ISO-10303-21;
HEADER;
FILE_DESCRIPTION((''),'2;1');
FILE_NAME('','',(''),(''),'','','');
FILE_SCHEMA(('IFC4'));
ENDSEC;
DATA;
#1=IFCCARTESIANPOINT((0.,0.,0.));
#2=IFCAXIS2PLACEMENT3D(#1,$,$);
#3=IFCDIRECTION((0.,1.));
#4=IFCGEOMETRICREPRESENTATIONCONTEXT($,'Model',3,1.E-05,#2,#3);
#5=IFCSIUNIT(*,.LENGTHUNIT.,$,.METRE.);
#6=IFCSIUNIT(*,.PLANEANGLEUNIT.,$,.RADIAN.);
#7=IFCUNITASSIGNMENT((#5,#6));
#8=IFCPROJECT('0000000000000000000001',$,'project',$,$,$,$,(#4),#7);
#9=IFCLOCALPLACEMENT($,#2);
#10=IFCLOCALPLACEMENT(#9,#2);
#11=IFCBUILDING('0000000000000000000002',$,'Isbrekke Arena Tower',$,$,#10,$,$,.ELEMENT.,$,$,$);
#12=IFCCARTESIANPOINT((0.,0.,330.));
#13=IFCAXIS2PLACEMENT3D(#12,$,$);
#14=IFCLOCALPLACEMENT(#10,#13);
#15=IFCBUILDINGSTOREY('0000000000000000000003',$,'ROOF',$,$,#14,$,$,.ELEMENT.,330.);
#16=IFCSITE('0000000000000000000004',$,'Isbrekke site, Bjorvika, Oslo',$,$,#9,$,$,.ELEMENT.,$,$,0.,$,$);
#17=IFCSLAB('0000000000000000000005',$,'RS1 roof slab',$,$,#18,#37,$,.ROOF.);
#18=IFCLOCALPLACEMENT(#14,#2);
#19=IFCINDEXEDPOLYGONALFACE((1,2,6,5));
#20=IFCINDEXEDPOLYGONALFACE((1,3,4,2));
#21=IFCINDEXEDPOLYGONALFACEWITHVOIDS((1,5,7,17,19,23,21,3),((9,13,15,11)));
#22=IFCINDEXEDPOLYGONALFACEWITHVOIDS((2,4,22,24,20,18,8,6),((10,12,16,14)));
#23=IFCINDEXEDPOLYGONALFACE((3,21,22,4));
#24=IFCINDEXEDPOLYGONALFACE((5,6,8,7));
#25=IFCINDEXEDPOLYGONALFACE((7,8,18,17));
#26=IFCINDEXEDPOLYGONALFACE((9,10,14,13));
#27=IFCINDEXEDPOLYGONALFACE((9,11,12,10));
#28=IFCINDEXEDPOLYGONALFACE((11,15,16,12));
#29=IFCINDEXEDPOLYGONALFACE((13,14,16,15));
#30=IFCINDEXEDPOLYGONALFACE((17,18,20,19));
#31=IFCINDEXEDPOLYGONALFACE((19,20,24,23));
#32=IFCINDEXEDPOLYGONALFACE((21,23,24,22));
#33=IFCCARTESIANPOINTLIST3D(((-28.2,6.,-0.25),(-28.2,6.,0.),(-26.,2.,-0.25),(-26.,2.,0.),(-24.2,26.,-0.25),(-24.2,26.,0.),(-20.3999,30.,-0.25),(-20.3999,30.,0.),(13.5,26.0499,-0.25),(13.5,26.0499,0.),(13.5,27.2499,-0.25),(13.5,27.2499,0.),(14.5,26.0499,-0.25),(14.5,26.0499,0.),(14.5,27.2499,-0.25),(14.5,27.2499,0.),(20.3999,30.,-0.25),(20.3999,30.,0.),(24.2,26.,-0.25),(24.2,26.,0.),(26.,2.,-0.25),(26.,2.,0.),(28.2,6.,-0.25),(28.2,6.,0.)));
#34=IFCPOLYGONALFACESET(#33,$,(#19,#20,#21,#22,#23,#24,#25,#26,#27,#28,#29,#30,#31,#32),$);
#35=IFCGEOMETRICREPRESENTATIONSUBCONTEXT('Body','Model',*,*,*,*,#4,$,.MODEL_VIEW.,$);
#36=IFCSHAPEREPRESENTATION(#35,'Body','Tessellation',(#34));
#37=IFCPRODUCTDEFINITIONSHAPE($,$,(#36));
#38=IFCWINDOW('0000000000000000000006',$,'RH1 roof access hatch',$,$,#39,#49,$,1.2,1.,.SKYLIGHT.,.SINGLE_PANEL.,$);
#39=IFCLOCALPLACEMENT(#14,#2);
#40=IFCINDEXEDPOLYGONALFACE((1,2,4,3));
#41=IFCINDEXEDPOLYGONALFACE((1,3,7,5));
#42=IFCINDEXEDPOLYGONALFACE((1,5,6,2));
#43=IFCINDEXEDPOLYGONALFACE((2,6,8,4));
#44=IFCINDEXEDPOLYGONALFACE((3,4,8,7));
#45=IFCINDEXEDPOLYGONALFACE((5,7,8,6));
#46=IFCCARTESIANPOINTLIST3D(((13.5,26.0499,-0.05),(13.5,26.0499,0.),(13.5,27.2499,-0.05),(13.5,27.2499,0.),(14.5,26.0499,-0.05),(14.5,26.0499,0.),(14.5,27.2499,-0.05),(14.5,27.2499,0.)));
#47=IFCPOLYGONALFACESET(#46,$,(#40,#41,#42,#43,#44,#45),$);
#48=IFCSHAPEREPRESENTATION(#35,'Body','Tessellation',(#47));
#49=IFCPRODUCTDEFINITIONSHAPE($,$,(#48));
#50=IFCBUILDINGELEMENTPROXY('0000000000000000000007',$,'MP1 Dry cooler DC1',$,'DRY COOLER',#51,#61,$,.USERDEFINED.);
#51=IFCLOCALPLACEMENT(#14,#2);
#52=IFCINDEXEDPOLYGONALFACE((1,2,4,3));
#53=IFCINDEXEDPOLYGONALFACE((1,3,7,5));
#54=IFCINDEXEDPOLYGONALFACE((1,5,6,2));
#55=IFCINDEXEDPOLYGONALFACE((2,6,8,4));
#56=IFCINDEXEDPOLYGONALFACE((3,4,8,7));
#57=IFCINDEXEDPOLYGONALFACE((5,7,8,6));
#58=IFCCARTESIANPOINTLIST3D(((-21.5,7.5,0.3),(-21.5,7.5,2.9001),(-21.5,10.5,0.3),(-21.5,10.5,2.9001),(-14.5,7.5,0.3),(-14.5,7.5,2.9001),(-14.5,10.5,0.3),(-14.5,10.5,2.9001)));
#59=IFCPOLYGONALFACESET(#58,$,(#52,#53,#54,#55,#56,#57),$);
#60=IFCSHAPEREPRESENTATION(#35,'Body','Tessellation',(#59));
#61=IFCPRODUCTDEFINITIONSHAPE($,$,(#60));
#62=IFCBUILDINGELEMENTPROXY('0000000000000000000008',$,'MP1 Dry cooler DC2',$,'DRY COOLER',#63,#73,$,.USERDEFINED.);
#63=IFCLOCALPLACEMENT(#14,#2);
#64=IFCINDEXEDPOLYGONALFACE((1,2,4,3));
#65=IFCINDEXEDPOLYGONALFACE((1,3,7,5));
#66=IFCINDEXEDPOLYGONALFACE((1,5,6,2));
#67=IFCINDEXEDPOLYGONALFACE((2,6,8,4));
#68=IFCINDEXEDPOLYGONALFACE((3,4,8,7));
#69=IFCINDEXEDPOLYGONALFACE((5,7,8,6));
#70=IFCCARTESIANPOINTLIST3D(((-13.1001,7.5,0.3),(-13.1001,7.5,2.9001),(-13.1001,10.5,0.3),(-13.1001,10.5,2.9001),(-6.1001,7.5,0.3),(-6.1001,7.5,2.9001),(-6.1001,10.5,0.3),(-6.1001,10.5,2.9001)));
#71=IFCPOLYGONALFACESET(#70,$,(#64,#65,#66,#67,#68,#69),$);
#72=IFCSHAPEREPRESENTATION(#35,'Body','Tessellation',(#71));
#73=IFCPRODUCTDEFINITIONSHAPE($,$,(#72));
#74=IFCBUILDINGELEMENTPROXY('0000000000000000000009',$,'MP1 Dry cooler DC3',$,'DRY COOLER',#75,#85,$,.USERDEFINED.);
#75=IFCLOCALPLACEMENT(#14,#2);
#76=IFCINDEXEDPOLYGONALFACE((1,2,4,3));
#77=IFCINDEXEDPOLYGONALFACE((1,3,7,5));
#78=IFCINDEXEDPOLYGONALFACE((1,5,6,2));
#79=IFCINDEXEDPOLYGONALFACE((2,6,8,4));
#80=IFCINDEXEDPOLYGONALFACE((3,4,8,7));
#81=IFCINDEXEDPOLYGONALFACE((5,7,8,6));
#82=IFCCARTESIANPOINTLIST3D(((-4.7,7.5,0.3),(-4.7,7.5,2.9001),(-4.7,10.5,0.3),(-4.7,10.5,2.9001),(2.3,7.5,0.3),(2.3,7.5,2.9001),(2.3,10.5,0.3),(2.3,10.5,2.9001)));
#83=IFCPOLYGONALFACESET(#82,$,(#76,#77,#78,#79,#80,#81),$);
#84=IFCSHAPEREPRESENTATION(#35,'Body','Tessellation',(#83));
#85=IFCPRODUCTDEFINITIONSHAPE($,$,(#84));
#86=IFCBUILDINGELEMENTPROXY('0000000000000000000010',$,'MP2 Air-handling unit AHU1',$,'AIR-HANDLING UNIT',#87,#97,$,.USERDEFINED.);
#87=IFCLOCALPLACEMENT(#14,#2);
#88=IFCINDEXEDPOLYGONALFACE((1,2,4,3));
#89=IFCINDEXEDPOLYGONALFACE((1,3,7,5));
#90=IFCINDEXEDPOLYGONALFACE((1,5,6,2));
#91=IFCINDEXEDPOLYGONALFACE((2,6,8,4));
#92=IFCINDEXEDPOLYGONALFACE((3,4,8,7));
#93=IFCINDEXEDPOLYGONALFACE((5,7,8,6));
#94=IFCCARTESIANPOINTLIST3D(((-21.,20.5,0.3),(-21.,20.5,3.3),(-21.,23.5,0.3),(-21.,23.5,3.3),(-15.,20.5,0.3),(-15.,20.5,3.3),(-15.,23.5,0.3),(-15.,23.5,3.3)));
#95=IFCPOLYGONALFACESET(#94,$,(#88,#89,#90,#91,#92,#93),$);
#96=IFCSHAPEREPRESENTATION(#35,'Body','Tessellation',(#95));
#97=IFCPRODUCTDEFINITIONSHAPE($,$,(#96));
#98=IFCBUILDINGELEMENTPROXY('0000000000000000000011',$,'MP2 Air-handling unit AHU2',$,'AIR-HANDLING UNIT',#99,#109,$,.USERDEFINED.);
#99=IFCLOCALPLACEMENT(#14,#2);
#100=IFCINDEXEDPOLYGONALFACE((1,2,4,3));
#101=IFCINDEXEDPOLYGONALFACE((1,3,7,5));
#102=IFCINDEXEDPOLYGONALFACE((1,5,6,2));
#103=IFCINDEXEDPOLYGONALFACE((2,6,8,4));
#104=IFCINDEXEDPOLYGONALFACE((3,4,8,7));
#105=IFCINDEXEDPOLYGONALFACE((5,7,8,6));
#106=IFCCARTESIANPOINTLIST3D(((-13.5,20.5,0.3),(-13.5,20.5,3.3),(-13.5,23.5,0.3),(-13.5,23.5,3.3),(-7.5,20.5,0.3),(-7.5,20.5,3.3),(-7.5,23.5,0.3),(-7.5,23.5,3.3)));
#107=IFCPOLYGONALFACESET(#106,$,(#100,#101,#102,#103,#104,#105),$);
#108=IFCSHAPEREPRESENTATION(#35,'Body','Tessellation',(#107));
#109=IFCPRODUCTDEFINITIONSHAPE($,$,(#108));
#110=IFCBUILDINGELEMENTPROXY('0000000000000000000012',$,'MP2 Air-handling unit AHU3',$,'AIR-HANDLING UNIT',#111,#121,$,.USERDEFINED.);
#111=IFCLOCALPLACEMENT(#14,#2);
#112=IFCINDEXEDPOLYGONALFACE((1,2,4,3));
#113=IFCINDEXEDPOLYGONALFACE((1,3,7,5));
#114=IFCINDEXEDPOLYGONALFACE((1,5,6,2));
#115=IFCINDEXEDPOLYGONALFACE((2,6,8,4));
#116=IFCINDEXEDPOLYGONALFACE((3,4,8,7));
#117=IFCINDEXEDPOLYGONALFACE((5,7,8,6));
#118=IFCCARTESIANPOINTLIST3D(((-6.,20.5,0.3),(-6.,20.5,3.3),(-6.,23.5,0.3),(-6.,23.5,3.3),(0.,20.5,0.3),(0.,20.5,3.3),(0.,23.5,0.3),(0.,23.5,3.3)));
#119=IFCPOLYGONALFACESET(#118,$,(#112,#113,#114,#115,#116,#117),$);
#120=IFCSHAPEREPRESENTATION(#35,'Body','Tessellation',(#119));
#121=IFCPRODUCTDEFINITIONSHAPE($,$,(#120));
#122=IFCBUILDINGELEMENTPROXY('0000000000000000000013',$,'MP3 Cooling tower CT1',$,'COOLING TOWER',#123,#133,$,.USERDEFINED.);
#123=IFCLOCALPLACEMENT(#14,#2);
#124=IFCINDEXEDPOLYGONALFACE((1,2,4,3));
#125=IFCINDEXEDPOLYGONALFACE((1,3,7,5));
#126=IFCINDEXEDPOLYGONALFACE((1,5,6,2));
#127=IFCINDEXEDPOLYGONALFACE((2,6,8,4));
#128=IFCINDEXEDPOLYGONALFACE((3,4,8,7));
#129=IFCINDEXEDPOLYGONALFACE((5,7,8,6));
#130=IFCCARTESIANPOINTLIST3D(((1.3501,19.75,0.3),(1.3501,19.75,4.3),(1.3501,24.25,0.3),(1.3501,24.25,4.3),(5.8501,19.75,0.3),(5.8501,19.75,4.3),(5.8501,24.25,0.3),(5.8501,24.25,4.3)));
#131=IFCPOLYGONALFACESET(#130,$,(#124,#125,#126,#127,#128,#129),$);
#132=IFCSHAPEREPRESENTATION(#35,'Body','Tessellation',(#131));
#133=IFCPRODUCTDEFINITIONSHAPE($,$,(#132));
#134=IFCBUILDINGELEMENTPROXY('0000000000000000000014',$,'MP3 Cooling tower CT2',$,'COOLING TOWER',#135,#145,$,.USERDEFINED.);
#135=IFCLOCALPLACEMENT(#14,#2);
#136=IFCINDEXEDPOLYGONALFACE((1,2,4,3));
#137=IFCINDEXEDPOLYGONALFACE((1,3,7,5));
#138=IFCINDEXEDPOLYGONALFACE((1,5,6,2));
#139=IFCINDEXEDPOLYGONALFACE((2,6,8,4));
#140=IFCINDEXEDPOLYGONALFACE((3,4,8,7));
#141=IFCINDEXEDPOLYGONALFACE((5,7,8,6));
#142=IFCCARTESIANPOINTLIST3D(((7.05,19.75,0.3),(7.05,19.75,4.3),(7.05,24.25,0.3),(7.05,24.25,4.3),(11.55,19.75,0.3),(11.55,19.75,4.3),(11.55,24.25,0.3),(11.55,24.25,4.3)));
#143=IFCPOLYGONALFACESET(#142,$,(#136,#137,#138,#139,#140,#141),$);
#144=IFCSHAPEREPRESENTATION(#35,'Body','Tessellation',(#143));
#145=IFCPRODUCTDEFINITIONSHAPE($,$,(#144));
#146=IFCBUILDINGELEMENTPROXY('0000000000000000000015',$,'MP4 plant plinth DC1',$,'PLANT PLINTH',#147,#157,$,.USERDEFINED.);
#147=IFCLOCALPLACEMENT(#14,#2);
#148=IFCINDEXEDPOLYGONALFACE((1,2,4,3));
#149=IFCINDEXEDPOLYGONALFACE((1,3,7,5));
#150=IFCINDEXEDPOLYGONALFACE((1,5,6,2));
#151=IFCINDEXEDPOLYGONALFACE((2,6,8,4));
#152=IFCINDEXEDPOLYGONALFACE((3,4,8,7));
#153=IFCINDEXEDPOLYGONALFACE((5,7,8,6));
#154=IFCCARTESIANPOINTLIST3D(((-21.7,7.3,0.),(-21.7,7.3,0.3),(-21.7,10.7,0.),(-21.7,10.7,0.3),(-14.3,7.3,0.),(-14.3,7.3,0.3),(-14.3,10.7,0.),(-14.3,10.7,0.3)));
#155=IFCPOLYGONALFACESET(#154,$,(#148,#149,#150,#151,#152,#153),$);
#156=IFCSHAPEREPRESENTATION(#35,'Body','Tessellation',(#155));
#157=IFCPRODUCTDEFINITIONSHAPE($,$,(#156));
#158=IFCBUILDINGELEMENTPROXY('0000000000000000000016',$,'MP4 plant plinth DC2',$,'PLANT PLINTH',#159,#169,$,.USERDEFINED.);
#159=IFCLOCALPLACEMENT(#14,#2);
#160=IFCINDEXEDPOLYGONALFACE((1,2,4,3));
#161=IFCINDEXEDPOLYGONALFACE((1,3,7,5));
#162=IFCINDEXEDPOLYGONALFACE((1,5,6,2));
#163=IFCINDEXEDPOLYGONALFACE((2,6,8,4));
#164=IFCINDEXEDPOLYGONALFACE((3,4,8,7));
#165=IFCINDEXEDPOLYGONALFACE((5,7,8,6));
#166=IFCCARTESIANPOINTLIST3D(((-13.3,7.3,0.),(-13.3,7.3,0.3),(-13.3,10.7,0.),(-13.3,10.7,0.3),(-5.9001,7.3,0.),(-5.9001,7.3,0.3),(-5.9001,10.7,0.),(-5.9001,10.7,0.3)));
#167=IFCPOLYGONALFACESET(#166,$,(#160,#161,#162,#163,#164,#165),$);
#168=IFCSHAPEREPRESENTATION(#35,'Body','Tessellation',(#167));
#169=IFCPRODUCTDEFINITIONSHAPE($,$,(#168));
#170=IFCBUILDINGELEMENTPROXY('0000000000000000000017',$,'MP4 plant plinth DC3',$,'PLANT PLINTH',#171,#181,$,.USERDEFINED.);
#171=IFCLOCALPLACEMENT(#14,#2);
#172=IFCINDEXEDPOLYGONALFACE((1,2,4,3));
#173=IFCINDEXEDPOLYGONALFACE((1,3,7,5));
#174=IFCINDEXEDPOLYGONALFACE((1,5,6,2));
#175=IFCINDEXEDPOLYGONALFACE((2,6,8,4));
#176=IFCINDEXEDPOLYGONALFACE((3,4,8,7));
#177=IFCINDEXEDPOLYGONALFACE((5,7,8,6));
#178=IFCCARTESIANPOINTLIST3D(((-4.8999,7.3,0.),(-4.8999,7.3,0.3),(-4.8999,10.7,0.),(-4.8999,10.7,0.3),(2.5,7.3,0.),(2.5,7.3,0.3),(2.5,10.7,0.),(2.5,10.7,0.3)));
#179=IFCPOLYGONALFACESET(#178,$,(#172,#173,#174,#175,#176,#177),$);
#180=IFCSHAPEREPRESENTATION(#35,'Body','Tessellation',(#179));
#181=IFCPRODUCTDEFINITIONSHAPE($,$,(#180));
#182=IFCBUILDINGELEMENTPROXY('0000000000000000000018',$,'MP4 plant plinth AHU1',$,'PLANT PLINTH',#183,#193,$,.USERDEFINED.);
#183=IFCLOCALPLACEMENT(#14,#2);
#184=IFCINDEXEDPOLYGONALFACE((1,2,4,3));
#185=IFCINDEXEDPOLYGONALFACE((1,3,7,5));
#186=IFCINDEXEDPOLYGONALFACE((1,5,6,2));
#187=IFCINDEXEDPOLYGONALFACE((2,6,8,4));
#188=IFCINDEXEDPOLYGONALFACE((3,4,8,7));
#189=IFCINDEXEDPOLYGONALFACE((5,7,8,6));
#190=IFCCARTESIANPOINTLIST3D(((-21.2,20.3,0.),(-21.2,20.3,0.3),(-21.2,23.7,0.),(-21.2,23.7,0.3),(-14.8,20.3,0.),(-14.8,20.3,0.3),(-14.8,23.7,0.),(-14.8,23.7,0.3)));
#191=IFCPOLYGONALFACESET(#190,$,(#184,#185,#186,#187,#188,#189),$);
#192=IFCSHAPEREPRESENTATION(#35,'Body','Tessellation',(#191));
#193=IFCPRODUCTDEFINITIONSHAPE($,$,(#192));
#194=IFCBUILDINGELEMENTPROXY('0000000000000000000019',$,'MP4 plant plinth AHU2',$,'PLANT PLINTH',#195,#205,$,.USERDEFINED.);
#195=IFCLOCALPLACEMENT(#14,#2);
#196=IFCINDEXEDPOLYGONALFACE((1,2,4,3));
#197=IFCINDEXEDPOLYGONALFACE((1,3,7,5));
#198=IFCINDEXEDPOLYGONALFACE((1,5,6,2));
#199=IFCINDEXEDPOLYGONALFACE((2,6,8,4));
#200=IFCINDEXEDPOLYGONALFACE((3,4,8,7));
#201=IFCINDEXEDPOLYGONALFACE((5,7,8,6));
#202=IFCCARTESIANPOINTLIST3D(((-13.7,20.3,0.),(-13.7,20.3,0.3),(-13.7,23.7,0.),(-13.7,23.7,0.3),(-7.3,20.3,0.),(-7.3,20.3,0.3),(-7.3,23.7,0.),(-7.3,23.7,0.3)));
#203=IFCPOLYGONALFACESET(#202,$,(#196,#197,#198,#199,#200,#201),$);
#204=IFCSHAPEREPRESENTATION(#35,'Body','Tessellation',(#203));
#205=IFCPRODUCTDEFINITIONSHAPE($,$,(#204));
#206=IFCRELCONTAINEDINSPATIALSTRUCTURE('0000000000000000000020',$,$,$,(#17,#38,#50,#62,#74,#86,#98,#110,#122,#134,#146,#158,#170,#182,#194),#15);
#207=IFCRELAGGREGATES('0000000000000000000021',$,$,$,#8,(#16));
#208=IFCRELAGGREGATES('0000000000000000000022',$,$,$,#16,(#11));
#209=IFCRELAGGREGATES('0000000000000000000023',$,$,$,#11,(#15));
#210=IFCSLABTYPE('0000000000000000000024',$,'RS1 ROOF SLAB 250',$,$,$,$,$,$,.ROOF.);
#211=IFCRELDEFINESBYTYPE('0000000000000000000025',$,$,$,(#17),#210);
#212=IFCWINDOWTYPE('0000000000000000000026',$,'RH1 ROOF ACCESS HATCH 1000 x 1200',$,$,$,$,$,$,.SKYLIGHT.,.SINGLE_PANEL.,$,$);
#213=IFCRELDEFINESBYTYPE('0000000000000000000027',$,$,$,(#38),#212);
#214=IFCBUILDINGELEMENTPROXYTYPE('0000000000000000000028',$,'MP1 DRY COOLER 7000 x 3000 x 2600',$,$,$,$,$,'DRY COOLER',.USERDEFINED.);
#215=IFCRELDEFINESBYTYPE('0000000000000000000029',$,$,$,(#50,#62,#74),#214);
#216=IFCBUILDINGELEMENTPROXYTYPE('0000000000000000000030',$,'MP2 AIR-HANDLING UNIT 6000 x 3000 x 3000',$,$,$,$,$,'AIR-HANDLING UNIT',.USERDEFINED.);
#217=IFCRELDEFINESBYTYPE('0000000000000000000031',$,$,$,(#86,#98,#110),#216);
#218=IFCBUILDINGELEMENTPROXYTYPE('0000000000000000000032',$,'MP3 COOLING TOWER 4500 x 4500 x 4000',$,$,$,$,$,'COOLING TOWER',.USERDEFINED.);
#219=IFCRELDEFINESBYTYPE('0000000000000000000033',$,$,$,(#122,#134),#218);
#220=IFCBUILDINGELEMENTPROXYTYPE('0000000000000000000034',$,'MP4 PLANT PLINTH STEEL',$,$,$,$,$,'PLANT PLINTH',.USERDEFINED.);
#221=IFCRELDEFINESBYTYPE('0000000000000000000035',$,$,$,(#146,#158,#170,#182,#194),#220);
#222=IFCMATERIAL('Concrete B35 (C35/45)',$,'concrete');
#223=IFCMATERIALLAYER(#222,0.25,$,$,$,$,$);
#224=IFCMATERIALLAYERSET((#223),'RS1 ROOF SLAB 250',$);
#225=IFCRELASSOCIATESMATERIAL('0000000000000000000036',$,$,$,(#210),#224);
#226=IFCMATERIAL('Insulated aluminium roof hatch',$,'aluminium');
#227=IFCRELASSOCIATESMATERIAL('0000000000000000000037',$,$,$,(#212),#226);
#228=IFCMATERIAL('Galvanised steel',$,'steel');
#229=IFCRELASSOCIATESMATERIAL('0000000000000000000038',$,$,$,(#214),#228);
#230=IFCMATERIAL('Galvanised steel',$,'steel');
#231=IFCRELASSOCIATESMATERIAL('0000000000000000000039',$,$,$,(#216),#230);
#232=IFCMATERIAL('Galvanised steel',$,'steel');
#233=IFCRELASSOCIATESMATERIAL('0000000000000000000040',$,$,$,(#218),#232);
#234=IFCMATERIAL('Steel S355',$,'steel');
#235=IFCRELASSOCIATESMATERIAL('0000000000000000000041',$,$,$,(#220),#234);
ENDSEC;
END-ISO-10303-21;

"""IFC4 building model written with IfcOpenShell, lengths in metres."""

from ifc_helpers import new_model, si_unit, direction, frame, origin, origin_2d, place, context, subcontext, project, spatial, polyline, rectangle, outline, extrude, material, layer, layer_set, type_object, element, fill, save


model = new_model("IFC4")

# Units and contexts
model_context = context("Model", 3, precision=1e-05, world=origin(), true_north=direction((0.0, 1.0)))
body_context = subcontext(model_context, "Body", "Model", "MODEL_VIEW")
ifc_project = project(units=[si_unit("LENGTHUNIT", "METRE"), si_unit("PLANEANGLEUNIT", "RADIAN")], contexts=[model_context])

# Site, building, storey
site_placement = place(None, origin())
site = spatial("IfcSite", under=ifc_project, at=site_placement, Name="Isbrekke site, Bjorvika, Oslo", CompositionType="ELEMENT", RefElevation=0.0)
building_placement = place(site_placement, origin())
building = spatial("IfcBuilding", under=site, at=building_placement, Name="Isbrekke Arena Tower", CompositionType="ELEMENT")
storey_placement = place(building_placement, frame((0.0, 0.0, 330.0)))
storey = spatial("IfcBuildingStorey", under=building, at=storey_placement, Name="ROOF", CompositionType="ELEMENT", Elevation=330.0)

# Slab, opening, window
ifc_material_1 = material(Name="Concrete B35 (C35/45)", Category="concrete")
ifc_layer = layer(ifc_material_1, 0.25)
ifc_layer_set = layer_set([ifc_layer], Name="RS1 ROOF SLAB 250")
slab_type = type_object("IfcSlabType", Name="RS1 ROOF SLAB 250", PredefinedType="ROOF", material=ifc_layer_set)
slab_placement = place(storey_placement, frame((0.0, 0.0, -0.25)))
slab = element("IfcSlab", 1, at=slab_placement, inside=storey, type_object=slab_type, Name="RS1 roof slab", PredefinedType="ROOF", context=body_context, shape_type="SweptSolid", body=[
    extrude(outline(polyline([(-26.0, 2.0), (26.0, 2.0), (28.2, 6.0), (24.2, 26.0), (20.3999, 30.0), (-20.3999, 30.0), (-24.2, 26.0), (-28.2, 6.0), (-26.0, 2.0)])), origin(), (0.0, 0.0, 1.0), 0.25),
])
opening_placement = place(slab_placement, frame((14.0, 26.6499, 0.0)))
opening = element("IfcOpeningElement", 2, at=opening_placement, cuts=slab, PredefinedType="OPENING", context=body_context, shape_type="SweptSolid", body=[
    extrude(rectangle(XDim=1.0, YDim=1.2, at=origin_2d()), frame((0.0, 0.0, -0.0149)), (0.0, 0.0, 1.0), 0.2798),
])
ifc_material_2 = material(Name="Insulated aluminium roof hatch", Category="aluminium")
window_type = type_object("IfcWindowType", Name="RH1 ROOF ACCESS HATCH 1000 x 1200", PartitioningType="SINGLE_PANEL", PredefinedType="SKYLIGHT", material=ifc_material_2)
window_placement = place(opening_placement, frame((0.0, 0.0, 0.2)))
window = element("IfcWindow", 3, at=window_placement, inside=storey, type_object=window_type, Name="RH1 roof access hatch", OverallHeight=1.2, OverallWidth=1.0, PartitioningType="SINGLE_PANEL", PredefinedType="SKYLIGHT", context=body_context, shape_type="SweptSolid", body=[
    extrude(rectangle(XDim=1.0, YDim=1.2, at=origin_2d()), origin(), (0.0, 0.0, 1.0), 0.05),
])
fill(opening, window)

# Building element proxies
ifc_material_3 = material(Name="Galvanised steel", Category="steel")
building_element_proxy_type_1 = type_object("IfcBuildingElementProxyType", Name="MP1 DRY COOLER 7000 x 3000 x 2600", ElementType="DRY COOLER", PredefinedType="USERDEFINED", material=ifc_material_3)
for number, where, z_axis, x_axis, name in (
    (4, (-18.0, 9.0, 0.3), (0.0, 0.0, 1.0), (1.0, 0.0, 0.0), "MP1 Dry cooler DC1"),
    (5, (-9.6001, 9.0, 0.3), (0.0, 0.0, 1.0), (1.0, 0.0, 0.0), "MP1 Dry cooler DC2"),
    (6, (-1.2, 9.0, 0.3), (0.0, 0.0, 1.0), (1.0, 0.0, 0.0), "MP1 Dry cooler DC3"),
):
    element("IfcBuildingElementProxy", number, at=place(storey_placement, frame(where, z_axis=z_axis, x_axis=x_axis)), inside=storey, type_object=building_element_proxy_type_1, Name=name, ObjectType="DRY COOLER", PredefinedType="USERDEFINED", context=body_context, shape_type="SweptSolid", body=[
        extrude(rectangle(XDim=7.0, YDim=3.0, at=origin_2d()), origin(), (0.0, 0.0, 1.0), 2.6001),
    ])
ifc_material_4 = material(Name="Galvanised steel", Category="steel")
building_element_proxy_type_2 = type_object("IfcBuildingElementProxyType", Name="MP2 AIR-HANDLING UNIT 6000 x 3000 x 3000", ElementType="AIR-HANDLING UNIT", PredefinedType="USERDEFINED", material=ifc_material_4)
for number, where, z_axis, x_axis, name in (
    (7, (-18.0, 22.0, 0.3), (0.0, 0.0, 1.0), (1.0, 0.0, 0.0), "MP2 Air-handling unit AHU1"),
    (8, (-10.5, 22.0, 0.3), (0.0, 0.0, 1.0), (1.0, 0.0, 0.0), "MP2 Air-handling unit AHU2"),
    (9, (-3.0, 22.0, 0.3), (0.0, 0.0, 1.0), (1.0, 0.0, 0.0), "MP2 Air-handling unit AHU3"),
):
    element("IfcBuildingElementProxy", number, at=place(storey_placement, frame(where, z_axis=z_axis, x_axis=x_axis)), inside=storey, type_object=building_element_proxy_type_2, Name=name, ObjectType="AIR-HANDLING UNIT", PredefinedType="USERDEFINED", context=body_context, shape_type="SweptSolid", body=[
        extrude(rectangle(XDim=6.0, YDim=3.0, at=origin_2d()), origin(), (0.0, 0.0, 1.0), 3.0),
    ])
ifc_material_5 = material(Name="Galvanised steel", Category="steel")
building_element_proxy_type_3 = type_object("IfcBuildingElementProxyType", Name="MP3 COOLING TOWER 4500 x 4500 x 4000", ElementType="COOLING TOWER", PredefinedType="USERDEFINED", material=ifc_material_5)
for number, where, z_axis, x_axis, name in (
    (10, (3.6001, 22.0, 0.3), (0.0, 0.0, 1.0), (1.0, 0.0, 0.0), "MP3 Cooling tower CT1"),
    (11, (9.3, 22.0, 0.3), (0.0, 0.0, 1.0), (1.0, 0.0, 0.0), "MP3 Cooling tower CT2"),
):
    element("IfcBuildingElementProxy", number, at=place(storey_placement, frame(where, z_axis=z_axis, x_axis=x_axis)), inside=storey, type_object=building_element_proxy_type_3, Name=name, ObjectType="COOLING TOWER", PredefinedType="USERDEFINED", context=body_context, shape_type="SweptSolid", body=[
        extrude(rectangle(XDim=4.5, YDim=4.5, at=origin_2d()), origin(), (0.0, 0.0, 1.0), 4.0),
    ])
ifc_material_6 = material(Name="Steel S355", Category="steel")
building_element_proxy_type_4 = type_object("IfcBuildingElementProxyType", Name="MP4 PLANT PLINTH STEEL", ElementType="PLANT PLINTH", PredefinedType="USERDEFINED", material=ifc_material_6)
for number, where, z_axis, x_axis, name in (
    (12, (-18.0, 9.0, 0.0), (0.0, 0.0, 1.0), (1.0, 0.0, 0.0), "MP4 plant plinth DC1"),
    (13, (-9.6001, 9.0, 0.0), (0.0, 0.0, 1.0), (1.0, 0.0, 0.0), "MP4 plant plinth DC2"),
    (14, (-1.2, 9.0, 0.0), (0.0, 0.0, 1.0), (1.0, 0.0, 0.0), "MP4 plant plinth DC3"),
):
    element("IfcBuildingElementProxy", number, at=place(storey_placement, frame(where, z_axis=z_axis, x_axis=x_axis)), inside=storey, type_object=building_element_proxy_type_4, Name=name, ObjectType="PLANT PLINTH", PredefinedType="USERDEFINED", context=body_context, shape_type="SweptSolid", body=[
        extrude(rectangle(XDim=7.3999, YDim=3.3999, at=origin_2d()), origin(), (0.0, 0.0, 1.0), 0.3),
    ])
for number, where, z_axis, x_axis, name in (
    (15, (-18.0, 22.0, 0.0), (0.0, 0.0, 1.0), (1.0, 0.0, 0.0), "MP4 plant plinth AHU1"),
    (16, (-10.5, 22.0, 0.0), (0.0, 0.0, 1.0), (1.0, 0.0, 0.0), "MP4 plant plinth AHU2"),
):
    element("IfcBuildingElementProxy", number, at=place(storey_placement, frame(where, z_axis=z_axis, x_axis=x_axis)), inside=storey, type_object=building_element_proxy_type_4, Name=name, ObjectType="PLANT PLINTH", PredefinedType="USERDEFINED", context=body_context, shape_type="SweptSolid", body=[
        extrude(rectangle(XDim=6.3999, YDim=3.3999, at=origin_2d()), origin(), (0.0, 0.0, 1.0), 0.3),
    ])

save(model, "model.ifc")
